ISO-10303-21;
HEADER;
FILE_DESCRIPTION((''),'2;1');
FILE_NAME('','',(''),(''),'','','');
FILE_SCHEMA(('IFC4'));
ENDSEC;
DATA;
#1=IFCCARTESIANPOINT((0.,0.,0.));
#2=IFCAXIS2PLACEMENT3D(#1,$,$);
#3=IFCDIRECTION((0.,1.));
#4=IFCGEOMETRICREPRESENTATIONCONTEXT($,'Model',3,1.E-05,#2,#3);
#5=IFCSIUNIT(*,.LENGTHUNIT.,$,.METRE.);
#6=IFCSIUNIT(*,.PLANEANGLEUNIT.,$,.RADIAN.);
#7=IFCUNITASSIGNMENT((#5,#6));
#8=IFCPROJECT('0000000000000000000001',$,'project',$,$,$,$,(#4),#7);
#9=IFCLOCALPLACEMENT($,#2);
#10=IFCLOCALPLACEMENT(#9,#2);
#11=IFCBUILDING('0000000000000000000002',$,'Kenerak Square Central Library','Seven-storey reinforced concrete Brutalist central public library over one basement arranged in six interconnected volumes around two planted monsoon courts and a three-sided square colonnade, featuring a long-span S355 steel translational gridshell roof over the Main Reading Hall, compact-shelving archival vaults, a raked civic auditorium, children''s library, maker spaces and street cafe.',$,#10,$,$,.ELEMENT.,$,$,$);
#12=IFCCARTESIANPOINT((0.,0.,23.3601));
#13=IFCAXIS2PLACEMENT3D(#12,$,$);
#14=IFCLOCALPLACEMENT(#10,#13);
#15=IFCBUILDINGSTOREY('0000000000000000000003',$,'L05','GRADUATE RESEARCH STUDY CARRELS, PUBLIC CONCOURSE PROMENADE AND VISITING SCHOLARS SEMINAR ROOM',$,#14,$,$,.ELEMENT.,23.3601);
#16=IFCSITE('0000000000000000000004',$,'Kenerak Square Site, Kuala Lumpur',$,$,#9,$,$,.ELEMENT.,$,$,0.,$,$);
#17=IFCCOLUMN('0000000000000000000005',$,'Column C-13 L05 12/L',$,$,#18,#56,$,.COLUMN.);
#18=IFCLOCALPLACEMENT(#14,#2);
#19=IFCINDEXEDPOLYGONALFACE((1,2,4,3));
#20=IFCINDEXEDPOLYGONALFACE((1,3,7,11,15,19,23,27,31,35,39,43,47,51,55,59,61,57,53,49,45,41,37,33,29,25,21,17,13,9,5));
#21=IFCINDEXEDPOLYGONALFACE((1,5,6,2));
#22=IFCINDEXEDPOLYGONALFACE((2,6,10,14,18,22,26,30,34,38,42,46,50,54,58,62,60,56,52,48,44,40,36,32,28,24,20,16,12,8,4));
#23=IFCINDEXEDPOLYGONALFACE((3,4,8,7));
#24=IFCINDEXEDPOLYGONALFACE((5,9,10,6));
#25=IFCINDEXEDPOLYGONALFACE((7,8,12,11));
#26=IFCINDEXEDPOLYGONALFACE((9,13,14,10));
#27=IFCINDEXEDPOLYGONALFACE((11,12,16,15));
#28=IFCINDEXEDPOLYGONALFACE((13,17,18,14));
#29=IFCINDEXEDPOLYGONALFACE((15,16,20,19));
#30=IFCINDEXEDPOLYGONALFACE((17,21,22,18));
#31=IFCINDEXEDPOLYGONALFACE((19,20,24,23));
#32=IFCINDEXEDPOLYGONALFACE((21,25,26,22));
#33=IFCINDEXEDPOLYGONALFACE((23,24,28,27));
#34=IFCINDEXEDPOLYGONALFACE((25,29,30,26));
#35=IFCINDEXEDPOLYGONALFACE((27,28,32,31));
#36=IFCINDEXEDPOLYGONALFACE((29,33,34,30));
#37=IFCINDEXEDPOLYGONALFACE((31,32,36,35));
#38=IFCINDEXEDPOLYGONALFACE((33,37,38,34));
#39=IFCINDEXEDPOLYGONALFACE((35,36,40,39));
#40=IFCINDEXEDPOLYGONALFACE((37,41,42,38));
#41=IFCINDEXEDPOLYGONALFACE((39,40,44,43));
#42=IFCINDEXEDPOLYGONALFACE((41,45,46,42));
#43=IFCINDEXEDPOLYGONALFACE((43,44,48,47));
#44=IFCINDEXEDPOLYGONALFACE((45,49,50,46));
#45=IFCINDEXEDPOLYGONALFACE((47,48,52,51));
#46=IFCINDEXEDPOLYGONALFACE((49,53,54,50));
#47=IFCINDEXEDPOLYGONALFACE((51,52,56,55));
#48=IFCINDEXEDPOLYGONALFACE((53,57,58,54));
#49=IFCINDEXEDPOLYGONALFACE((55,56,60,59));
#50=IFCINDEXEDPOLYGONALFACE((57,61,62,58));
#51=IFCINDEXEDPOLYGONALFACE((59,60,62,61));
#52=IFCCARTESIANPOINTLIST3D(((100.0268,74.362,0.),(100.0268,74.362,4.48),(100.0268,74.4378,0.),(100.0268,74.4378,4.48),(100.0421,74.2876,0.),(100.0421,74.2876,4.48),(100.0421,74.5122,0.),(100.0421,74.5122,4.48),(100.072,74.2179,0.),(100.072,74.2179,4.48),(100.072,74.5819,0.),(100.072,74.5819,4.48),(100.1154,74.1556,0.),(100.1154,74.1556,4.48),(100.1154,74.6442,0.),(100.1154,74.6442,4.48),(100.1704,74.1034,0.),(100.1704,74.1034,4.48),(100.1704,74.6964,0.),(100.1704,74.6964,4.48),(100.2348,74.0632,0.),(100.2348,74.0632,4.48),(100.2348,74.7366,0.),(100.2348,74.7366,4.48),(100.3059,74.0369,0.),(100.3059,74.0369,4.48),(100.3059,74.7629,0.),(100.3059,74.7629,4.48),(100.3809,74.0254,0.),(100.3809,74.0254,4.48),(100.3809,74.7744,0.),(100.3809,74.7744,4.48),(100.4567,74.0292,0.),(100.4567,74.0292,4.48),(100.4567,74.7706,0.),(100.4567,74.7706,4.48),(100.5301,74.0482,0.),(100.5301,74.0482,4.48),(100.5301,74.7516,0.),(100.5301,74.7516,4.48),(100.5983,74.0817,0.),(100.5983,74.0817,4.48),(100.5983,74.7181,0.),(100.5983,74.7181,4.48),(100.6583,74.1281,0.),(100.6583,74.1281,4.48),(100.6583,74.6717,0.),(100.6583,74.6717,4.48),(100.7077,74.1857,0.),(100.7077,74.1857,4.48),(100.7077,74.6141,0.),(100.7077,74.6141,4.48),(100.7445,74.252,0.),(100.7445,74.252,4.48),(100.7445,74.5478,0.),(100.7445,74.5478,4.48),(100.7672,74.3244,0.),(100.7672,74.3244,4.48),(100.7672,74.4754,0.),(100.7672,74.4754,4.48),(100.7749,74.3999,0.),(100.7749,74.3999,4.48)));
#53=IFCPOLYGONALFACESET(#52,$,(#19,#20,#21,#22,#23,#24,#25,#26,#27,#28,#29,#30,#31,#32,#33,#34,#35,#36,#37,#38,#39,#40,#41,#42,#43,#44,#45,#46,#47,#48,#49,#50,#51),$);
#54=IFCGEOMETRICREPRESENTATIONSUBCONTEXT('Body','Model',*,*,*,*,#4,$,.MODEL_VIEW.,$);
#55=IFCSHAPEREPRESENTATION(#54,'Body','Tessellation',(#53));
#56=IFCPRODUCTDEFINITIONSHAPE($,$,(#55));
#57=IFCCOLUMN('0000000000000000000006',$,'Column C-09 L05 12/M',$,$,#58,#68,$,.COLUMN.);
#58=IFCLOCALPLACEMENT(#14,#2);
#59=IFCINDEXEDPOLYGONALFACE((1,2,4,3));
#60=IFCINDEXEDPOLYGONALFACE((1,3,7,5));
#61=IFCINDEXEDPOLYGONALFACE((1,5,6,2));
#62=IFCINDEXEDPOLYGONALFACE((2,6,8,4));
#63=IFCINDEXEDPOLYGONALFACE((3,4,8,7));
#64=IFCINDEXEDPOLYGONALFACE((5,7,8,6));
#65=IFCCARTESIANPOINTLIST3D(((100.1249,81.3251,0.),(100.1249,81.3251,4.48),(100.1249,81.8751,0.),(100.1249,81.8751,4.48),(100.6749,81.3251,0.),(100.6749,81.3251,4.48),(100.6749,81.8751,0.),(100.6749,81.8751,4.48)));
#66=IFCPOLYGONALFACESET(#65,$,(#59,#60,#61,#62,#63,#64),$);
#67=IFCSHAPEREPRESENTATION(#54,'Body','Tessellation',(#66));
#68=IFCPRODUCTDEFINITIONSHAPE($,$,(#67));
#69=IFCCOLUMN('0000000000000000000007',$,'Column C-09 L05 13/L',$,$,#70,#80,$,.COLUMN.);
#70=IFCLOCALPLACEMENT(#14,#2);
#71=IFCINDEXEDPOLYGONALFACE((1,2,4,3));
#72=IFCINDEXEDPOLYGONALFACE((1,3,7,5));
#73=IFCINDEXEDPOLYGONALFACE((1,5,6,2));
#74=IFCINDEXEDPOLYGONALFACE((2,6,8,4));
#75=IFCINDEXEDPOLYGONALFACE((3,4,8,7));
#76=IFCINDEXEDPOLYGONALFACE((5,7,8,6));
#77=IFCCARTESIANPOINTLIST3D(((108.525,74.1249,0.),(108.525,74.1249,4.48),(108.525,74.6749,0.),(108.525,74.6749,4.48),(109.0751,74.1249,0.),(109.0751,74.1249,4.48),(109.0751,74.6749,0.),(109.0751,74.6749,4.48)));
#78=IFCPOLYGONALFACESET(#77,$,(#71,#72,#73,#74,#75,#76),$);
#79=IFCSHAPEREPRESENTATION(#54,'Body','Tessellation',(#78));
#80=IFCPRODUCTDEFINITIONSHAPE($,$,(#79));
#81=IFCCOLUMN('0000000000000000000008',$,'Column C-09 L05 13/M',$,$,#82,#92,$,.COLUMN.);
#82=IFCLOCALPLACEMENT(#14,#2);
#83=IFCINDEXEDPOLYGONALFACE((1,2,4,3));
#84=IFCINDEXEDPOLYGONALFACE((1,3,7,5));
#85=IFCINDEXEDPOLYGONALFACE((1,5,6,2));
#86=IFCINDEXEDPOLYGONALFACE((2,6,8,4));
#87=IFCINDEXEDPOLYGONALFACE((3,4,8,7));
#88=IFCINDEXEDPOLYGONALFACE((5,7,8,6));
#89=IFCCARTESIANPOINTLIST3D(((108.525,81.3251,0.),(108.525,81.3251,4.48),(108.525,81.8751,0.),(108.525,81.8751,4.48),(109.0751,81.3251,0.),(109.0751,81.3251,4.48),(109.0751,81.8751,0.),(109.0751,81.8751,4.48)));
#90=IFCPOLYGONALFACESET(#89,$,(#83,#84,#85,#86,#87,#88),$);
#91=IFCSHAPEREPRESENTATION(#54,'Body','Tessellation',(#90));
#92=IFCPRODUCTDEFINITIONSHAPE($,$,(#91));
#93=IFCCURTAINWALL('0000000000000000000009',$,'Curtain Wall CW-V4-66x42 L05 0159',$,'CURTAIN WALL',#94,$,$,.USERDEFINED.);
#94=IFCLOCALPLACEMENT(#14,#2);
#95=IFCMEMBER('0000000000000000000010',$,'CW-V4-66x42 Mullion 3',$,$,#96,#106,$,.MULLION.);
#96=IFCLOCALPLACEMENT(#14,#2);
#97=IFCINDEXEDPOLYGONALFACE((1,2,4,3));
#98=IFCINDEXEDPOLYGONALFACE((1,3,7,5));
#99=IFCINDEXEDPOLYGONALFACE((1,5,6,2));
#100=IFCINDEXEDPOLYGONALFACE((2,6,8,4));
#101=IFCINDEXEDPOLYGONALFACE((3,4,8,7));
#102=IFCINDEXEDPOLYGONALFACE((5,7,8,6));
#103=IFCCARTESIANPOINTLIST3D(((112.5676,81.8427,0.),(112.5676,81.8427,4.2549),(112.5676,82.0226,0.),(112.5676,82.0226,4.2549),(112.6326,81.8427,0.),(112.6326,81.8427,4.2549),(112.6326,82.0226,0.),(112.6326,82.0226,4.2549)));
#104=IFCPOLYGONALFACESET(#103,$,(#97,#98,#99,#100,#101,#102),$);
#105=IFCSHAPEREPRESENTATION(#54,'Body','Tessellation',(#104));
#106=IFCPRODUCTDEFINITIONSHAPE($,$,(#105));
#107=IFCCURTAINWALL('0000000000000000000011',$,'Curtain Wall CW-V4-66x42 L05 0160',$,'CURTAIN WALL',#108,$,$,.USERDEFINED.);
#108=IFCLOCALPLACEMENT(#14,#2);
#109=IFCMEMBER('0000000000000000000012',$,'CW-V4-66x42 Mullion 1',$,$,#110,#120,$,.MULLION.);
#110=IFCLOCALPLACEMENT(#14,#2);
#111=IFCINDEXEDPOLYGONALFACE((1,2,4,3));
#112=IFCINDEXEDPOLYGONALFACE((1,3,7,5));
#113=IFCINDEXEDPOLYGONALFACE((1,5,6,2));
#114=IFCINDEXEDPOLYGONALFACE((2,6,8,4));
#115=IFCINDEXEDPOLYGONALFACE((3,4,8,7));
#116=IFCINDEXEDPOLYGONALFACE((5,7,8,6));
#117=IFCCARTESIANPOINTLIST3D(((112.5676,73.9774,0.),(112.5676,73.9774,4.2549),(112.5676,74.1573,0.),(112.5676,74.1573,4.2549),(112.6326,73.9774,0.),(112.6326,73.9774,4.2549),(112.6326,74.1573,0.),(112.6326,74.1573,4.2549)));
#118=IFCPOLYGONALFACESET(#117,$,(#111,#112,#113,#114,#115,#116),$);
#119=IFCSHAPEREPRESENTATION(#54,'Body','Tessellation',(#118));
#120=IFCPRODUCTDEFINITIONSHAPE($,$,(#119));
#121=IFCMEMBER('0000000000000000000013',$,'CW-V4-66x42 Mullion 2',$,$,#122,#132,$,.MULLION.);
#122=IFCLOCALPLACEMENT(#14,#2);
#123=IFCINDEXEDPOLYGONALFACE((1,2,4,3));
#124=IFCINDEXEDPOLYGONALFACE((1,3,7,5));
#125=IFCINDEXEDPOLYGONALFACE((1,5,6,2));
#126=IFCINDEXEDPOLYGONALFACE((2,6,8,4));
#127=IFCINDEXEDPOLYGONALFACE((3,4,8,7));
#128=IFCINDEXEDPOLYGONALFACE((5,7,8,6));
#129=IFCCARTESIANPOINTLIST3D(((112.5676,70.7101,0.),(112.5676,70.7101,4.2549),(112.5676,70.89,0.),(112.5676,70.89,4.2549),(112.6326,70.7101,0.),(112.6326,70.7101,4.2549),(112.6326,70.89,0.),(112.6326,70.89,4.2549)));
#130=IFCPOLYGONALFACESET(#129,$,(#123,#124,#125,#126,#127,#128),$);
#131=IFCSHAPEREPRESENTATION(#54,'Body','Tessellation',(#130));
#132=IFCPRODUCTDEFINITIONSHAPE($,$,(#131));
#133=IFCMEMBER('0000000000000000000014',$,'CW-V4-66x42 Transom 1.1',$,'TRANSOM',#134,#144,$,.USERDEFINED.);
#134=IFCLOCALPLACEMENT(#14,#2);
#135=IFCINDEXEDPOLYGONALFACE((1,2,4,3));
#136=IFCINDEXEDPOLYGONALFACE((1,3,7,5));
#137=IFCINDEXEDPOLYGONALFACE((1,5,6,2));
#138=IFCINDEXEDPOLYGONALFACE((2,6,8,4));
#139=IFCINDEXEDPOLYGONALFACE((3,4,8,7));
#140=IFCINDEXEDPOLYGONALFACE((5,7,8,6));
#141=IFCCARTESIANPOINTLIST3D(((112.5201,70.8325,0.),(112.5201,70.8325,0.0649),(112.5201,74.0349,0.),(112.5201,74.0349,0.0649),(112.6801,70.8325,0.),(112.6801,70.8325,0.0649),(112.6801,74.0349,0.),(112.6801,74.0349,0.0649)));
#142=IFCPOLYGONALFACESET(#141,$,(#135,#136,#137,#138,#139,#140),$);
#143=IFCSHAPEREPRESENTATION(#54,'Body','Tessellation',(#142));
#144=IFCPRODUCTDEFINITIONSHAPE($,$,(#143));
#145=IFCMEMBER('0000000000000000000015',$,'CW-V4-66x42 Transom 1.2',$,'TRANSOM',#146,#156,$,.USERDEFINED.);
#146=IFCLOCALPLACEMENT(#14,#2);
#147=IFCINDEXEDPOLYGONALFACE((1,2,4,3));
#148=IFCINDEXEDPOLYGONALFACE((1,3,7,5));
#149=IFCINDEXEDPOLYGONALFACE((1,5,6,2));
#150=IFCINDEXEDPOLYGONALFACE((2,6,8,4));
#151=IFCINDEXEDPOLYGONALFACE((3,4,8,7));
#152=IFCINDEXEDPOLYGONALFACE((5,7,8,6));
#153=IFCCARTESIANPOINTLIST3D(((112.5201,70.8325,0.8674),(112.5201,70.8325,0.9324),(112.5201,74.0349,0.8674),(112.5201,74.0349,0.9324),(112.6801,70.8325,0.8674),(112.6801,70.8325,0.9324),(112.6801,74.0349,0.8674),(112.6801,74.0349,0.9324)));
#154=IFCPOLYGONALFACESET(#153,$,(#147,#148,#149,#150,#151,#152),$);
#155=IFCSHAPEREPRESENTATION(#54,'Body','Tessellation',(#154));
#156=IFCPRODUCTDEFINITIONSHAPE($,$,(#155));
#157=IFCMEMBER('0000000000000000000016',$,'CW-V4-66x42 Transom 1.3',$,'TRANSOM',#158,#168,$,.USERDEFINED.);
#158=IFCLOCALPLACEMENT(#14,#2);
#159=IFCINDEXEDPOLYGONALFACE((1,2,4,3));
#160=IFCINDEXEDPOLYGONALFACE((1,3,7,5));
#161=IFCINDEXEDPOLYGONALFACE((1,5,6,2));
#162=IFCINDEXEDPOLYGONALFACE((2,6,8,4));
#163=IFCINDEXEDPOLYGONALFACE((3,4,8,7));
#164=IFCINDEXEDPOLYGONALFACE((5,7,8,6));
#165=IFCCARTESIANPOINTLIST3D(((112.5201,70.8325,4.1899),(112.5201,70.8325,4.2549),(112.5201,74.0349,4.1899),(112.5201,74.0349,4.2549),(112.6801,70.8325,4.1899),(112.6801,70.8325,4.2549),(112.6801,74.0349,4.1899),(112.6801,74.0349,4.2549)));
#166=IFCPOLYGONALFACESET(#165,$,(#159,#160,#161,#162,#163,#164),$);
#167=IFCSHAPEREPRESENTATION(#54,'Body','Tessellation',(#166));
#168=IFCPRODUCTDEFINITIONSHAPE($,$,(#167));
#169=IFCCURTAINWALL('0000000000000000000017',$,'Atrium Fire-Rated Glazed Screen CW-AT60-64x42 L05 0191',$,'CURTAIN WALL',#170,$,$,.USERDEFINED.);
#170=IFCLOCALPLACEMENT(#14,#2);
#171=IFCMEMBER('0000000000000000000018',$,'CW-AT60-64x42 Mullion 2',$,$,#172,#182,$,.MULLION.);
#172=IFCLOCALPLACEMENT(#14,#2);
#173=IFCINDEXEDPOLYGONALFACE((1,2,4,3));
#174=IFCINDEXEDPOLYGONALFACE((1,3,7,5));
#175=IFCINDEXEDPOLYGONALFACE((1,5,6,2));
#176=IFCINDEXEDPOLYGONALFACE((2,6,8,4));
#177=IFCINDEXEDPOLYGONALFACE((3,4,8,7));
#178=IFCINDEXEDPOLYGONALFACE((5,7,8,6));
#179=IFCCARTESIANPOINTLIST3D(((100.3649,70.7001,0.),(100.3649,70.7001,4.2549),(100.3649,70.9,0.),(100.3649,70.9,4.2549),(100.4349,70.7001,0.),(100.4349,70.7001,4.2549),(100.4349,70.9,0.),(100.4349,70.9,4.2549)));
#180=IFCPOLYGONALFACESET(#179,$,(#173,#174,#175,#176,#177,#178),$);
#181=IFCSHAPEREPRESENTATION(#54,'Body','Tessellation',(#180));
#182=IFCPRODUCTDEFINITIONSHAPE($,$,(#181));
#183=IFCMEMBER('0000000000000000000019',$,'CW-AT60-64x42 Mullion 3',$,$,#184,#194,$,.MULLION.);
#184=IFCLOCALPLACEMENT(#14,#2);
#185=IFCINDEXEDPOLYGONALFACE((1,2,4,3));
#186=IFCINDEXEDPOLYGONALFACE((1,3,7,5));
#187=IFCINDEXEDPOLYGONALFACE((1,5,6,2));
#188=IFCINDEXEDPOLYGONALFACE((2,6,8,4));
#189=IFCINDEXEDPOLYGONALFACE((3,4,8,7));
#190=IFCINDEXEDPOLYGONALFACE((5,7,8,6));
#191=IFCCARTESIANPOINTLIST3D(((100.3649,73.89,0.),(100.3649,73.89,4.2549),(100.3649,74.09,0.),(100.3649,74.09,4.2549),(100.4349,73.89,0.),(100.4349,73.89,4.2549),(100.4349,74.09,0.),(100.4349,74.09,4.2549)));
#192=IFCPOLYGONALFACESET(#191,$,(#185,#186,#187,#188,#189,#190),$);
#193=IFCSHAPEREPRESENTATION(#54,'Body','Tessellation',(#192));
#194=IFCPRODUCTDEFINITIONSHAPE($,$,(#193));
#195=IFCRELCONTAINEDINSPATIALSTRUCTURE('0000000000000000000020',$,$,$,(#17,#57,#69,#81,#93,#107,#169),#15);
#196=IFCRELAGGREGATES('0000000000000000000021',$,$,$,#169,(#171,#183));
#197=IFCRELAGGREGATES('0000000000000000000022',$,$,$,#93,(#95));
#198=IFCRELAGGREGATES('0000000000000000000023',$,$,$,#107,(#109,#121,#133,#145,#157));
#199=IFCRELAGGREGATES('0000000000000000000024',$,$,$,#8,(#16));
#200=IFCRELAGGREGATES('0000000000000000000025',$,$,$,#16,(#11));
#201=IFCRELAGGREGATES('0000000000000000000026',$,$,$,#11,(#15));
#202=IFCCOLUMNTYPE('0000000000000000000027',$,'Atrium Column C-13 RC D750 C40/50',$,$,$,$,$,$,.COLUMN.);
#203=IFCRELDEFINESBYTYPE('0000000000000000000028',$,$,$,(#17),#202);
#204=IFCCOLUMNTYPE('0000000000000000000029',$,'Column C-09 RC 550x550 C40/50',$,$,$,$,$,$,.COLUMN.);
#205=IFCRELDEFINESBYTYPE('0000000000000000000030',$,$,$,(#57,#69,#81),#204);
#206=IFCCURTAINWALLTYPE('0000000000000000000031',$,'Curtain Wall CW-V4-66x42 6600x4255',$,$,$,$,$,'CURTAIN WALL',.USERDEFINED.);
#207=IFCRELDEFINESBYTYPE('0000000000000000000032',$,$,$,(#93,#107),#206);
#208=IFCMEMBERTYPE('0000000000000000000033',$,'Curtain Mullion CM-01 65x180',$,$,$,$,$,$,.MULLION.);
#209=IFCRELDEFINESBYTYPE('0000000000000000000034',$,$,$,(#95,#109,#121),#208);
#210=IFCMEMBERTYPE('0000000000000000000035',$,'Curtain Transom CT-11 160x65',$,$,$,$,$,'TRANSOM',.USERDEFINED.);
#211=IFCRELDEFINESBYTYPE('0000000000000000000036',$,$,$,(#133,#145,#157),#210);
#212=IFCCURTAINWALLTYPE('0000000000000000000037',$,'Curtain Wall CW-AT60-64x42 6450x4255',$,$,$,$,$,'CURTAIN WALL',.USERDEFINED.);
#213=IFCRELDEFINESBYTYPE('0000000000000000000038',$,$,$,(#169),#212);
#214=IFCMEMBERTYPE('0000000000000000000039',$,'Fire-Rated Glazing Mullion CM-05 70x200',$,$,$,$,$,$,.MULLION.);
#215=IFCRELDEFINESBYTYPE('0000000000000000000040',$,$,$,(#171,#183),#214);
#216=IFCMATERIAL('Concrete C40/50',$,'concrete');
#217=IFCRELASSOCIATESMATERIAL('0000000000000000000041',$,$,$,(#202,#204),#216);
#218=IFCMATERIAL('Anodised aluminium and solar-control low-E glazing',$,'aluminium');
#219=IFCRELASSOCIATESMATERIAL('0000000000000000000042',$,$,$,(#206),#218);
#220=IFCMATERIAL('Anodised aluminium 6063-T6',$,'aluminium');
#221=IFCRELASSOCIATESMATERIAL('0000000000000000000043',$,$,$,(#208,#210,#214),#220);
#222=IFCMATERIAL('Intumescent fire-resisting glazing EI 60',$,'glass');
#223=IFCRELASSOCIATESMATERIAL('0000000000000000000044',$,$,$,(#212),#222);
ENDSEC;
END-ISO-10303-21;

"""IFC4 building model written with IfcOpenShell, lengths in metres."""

from ifc_helpers import new_model, si_unit, direction, frame, origin, origin_2d, place, context, subcontext, project, spatial, rectangle, circle, extrude, material, material_profile, profile_set, type_object, element, aggregate, save


model = new_model("IFC4")

# Units and contexts
model_context = context("Model", 3, precision=1e-05, world=origin(), true_north=direction((0.0, 1.0)))
body_context = subcontext(model_context, "Body", "Model", "MODEL_VIEW")
ifc_project = project(units=[si_unit("LENGTHUNIT", "METRE"), si_unit("PLANEANGLEUNIT", "RADIAN")], contexts=[model_context])

# Site, building, storey
site_placement = place(None, origin())
site = spatial("IfcSite", under=ifc_project, at=site_placement, Name="Kenerak Square Site, Kuala Lumpur", CompositionType="ELEMENT", RefElevation=0.0)
building_placement = place(site_placement, origin())
building = spatial("IfcBuilding", under=site, at=building_placement, Name="Kenerak Square Central Library", Description="Seven-storey reinforced concrete Brutalist central public library over one basement arranged in six interconnected volumes around two planted monsoon courts and a three-sided square colonnade, featuring a long-span S355 steel translational gridshell roof over the Main Reading Hall, compact-shelving archival vaults, a raked civic auditorium, children's library, maker spaces and street cafe.", CompositionType="ELEMENT")
storey_placement = place(building_placement, frame((0.0, 0.0, 23.3601)))
storey = spatial("IfcBuildingStorey", under=building, at=storey_placement, Name="L05", Description="GRADUATE RESEARCH STUDY CARRELS, PUBLIC CONCOURSE PROMENADE AND VISITING SCHOLARS SEMINAR ROOM", CompositionType="ELEMENT", Elevation=23.3601)

# Columns
ifc_material_1 = material(Name="Concrete C40/50", Category="concrete")
ifc_material_profile_1 = material_profile(ifc_material_1, circle(Radius=0.375, at=origin_2d()), Name="RC D750")
ifc_profile_set_1 = profile_set([ifc_material_profile_1], Name="Concrete C40/50")
column_type_1 = type_object("IfcColumnType", Name="Atrium Column C-13 RC D750 C40/50", PredefinedType="COLUMN", material=ifc_profile_set_1)
column_placement = place(storey_placement, frame((100.3999, 74.3999, 0.0), z_axis=(0.0, 0.0, 1.0), x_axis=(1.0, 0.0, 0.0)))
element("IfcColumn", 1, at=column_placement, inside=storey, type_object=column_type_1, Name="Column C-13 L05 12/L", PredefinedType="COLUMN", context=body_context, shape_type="SweptSolid", body=[
    extrude(circle(Radius=0.375, at=origin_2d()), origin(), (0.0, 0.0, 1.0), 4.48),
])
ifc_material_profile_2 = material_profile(ifc_material_1, rectangle(XDim=0.55, YDim=0.55, at=origin_2d()), Name="RC 550x550")
ifc_profile_set_2 = profile_set([ifc_material_profile_2], Name="Concrete C40/50")
column_type_2 = type_object("IfcColumnType", Name="Column C-09 RC 550x550 C40/50", PredefinedType="COLUMN", material=ifc_profile_set_2)
for number, where, z_axis, x_axis, name in (
    (2, (100.3999, 81.6001, 0.0), (0.0, 0.0, 1.0), (1.0, 0.0, 0.0), "Column C-09 L05 12/M"),
    (3, (108.8, 74.3999, 0.0), (0.0, 0.0, 1.0), (1.0, 0.0, 0.0), "Column C-09 L05 13/L"),
    (4, (108.8, 81.6001, 0.0), (0.0, 0.0, 1.0), (1.0, 0.0, 0.0), "Column C-09 L05 13/M"),
):
    element("IfcColumn", number, at=place(storey_placement, frame(where, z_axis=z_axis, x_axis=x_axis)), inside=storey, type_object=column_type_2, Name=name, PredefinedType="COLUMN", context=body_context, shape_type="SweptSolid", body=[
        extrude(rectangle(XDim=0.55, YDim=0.55, at=origin_2d()), origin(), (0.0, 0.0, 1.0), 4.48),
    ])

# Curtain wall, member
ifc_material_2 = material(Name="Anodised aluminium and solar-control low-E glazing", Category="aluminium")
curtain_wall_type_1 = type_object("IfcCurtainWallType", Name="Curtain Wall CW-V4-66x42 6600x4255", ElementType="CURTAIN WALL", PredefinedType="USERDEFINED", material=ifc_material_2)
curtain_wall_1_placement = place(storey_placement, origin())
curtain_wall_1 = element("IfcCurtainWall", 5, at=curtain_wall_1_placement, inside=storey, type_object=curtain_wall_type_1, Name="Curtain Wall CW-V4-66x42 L05 0159", ObjectType="CURTAIN WALL", PredefinedType="USERDEFINED")
ifc_material_3 = material(Name="Anodised aluminium 6063-T6", Category="aluminium")
ifc_material_profile_3 = material_profile(ifc_material_3, rectangle(XDim=0.0649, YDim=0.1799, at=origin_2d()), Name="AL MULLION 65x180")
ifc_profile_set_3 = profile_set([ifc_material_profile_3], Name="Anodised aluminium 6063-T6")
member_type_1 = type_object("IfcMemberType", Name="Curtain Mullion CM-01 65x180", PredefinedType="MULLION", material=ifc_profile_set_3)
member_1_placement = place(storey_placement, frame((112.6001, 81.9326, 0.0), z_axis=(0.0, 0.0, 1.0), x_axis=(1.0, 0.0, 0.0)))
member_1 = element("IfcMember", 6, at=member_1_placement, type_object=member_type_1, Name="CW-V4-66x42 Mullion 3", PredefinedType="MULLION", context=body_context, shape_type="SweptSolid", body=[
    extrude(rectangle(XDim=0.0649, YDim=0.1799, at=origin_2d()), origin(), (0.0, 0.0, 1.0), 4.2549),
])

# Curtain wall, members
curtain_wall_2_placement = place(storey_placement, origin())
curtain_wall_2 = element("IfcCurtainWall", 7, at=curtain_wall_2_placement, inside=storey, type_object=curtain_wall_type_1, Name="Curtain Wall CW-V4-66x42 L05 0160", ObjectType="CURTAIN WALL", PredefinedType="USERDEFINED")
member_2_placement = place(storey_placement, frame((112.6001, 74.0674, 0.0), z_axis=(0.0, 0.0, 1.0), x_axis=(1.0, 0.0, 0.0)))
member_2 = element("IfcMember", 8, at=member_2_placement, type_object=member_type_1, Name="CW-V4-66x42 Mullion 1", PredefinedType="MULLION", context=body_context, shape_type="SweptSolid", body=[
    extrude(rectangle(XDim=0.0649, YDim=0.1799, at=origin_2d()), origin(), (0.0, 0.0, 1.0), 4.2549),
])
member_3_placement = place(storey_placement, frame((112.6001, 70.8, 0.0), z_axis=(0.0, 0.0, 1.0), x_axis=(1.0, 0.0, 0.0)))
member_3 = element("IfcMember", 9, at=member_3_placement, type_object=member_type_1, Name="CW-V4-66x42 Mullion 2", PredefinedType="MULLION", context=body_context, shape_type="SweptSolid", body=[
    extrude(rectangle(XDim=0.0649, YDim=0.1799, at=origin_2d()), origin(), (0.0, 0.0, 1.0), 4.2549),
])
ifc_material_profile_4 = material_profile(ifc_material_3, rectangle(XDim=0.1599, YDim=0.0649, at=origin_2d()), Name="AL TRANSOM 160x65")
ifc_profile_set_4 = profile_set([ifc_material_profile_4], Name="Anodised aluminium 6063-T6")
member_type_2 = type_object("IfcMemberType", Name="Curtain Transom CT-11 160x65", ElementType="TRANSOM", PredefinedType="USERDEFINED", material=ifc_profile_set_4)
member_4_placement = place(storey_placement, frame((112.6001, 74.0349, 0.0325), z_axis=(0.0, -1.0, 0.0), x_axis=(1.0, 0.0, 0.0)))
member_4 = element("IfcMember", 10, at=member_4_placement, type_object=member_type_2, Name="CW-V4-66x42 Transom 1.1", ObjectType="TRANSOM", PredefinedType="USERDEFINED", context=body_context, shape_type="SweptSolid", body=[
    extrude(rectangle(XDim=0.1599, YDim=0.0649, at=origin_2d()), origin(), (0.0, 0.0, 1.0), 3.2024),
])
member_5_placement = place(storey_placement, frame((112.6001, 74.0349, 0.8999), z_axis=(0.0, -1.0, 0.0), x_axis=(1.0, 0.0, 0.0)))
member_5 = element("IfcMember", 11, at=member_5_placement, type_object=member_type_2, Name="CW-V4-66x42 Transom 1.2", ObjectType="TRANSOM", PredefinedType="USERDEFINED", context=body_context, shape_type="SweptSolid", body=[
    extrude(rectangle(XDim=0.1599, YDim=0.0649, at=origin_2d()), origin(), (0.0, 0.0, 1.0), 3.2024),
])
member_6_placement = place(storey_placement, frame((112.6001, 74.0349, 4.2224), z_axis=(0.0, -1.0, 0.0), x_axis=(1.0, 0.0, 0.0)))
member_6 = element("IfcMember", 12, at=member_6_placement, type_object=member_type_2, Name="CW-V4-66x42 Transom 1.3", ObjectType="TRANSOM", PredefinedType="USERDEFINED", context=body_context, shape_type="SweptSolid", body=[
    extrude(rectangle(XDim=0.1599, YDim=0.0649, at=origin_2d()), origin(), (0.0, 0.0, 1.0), 3.2024),
])

# Curtain wall, members
ifc_material_4 = material(Name="Intumescent fire-resisting glazing EI 60", Category="glass")
curtain_wall_type_2 = type_object("IfcCurtainWallType", Name="Curtain Wall CW-AT60-64x42 6450x4255", ElementType="CURTAIN WALL", PredefinedType="USERDEFINED", material=ifc_material_4)
curtain_wall_3_placement = place(storey_placement, origin())
curtain_wall_3 = element("IfcCurtainWall", 13, at=curtain_wall_3_placement, inside=storey, type_object=curtain_wall_type_2, Name="Atrium Fire-Rated Glazed Screen CW-AT60-64x42 L05 0191", ObjectType="CURTAIN WALL", PredefinedType="USERDEFINED")
ifc_material_profile_5 = material_profile(ifc_material_3, rectangle(XDim=0.0701, YDim=0.2, at=origin_2d()), Name="AL MULLION 70x200")
ifc_profile_set_5 = profile_set([ifc_material_profile_5], Name="Anodised aluminium 6063-T6")
member_type_3 = type_object("IfcMemberType", Name="Fire-Rated Glazing Mullion CM-05 70x200", PredefinedType="MULLION", material=ifc_profile_set_5)
member_7_placement = place(storey_placement, frame((100.3999, 70.8, 0.0), z_axis=(0.0, 0.0, 1.0), x_axis=(-1.0, 0.0, 0.0)))
member_7 = element("IfcMember", 14, at=member_7_placement, type_object=member_type_3, Name="CW-AT60-64x42 Mullion 2", PredefinedType="MULLION", context=body_context, shape_type="SweptSolid", body=[
    extrude(rectangle(XDim=0.0701, YDim=0.2, at=origin_2d()), origin(), (0.0, 0.0, 1.0), 4.2549),
])
member_8_placement = place(storey_placement, frame((100.3999, 73.99, 0.0), z_axis=(0.0, 0.0, 1.0), x_axis=(-1.0, 0.0, 0.0)))
member_8 = element("IfcMember", 15, at=member_8_placement, type_object=member_type_3, Name="CW-AT60-64x42 Mullion 3", PredefinedType="MULLION", context=body_context, shape_type="SweptSolid", body=[
    extrude(rectangle(XDim=0.0701, YDim=0.2, at=origin_2d()), origin(), (0.0, 0.0, 1.0), 4.2549),
])
aggregate(curtain_wall_3, [member_7, member_8])

aggregate(curtain_wall_1, [member_1])
aggregate(curtain_wall_2, [member_2, member_3, member_4, member_5, member_6])

save(model, "model.ifc")
